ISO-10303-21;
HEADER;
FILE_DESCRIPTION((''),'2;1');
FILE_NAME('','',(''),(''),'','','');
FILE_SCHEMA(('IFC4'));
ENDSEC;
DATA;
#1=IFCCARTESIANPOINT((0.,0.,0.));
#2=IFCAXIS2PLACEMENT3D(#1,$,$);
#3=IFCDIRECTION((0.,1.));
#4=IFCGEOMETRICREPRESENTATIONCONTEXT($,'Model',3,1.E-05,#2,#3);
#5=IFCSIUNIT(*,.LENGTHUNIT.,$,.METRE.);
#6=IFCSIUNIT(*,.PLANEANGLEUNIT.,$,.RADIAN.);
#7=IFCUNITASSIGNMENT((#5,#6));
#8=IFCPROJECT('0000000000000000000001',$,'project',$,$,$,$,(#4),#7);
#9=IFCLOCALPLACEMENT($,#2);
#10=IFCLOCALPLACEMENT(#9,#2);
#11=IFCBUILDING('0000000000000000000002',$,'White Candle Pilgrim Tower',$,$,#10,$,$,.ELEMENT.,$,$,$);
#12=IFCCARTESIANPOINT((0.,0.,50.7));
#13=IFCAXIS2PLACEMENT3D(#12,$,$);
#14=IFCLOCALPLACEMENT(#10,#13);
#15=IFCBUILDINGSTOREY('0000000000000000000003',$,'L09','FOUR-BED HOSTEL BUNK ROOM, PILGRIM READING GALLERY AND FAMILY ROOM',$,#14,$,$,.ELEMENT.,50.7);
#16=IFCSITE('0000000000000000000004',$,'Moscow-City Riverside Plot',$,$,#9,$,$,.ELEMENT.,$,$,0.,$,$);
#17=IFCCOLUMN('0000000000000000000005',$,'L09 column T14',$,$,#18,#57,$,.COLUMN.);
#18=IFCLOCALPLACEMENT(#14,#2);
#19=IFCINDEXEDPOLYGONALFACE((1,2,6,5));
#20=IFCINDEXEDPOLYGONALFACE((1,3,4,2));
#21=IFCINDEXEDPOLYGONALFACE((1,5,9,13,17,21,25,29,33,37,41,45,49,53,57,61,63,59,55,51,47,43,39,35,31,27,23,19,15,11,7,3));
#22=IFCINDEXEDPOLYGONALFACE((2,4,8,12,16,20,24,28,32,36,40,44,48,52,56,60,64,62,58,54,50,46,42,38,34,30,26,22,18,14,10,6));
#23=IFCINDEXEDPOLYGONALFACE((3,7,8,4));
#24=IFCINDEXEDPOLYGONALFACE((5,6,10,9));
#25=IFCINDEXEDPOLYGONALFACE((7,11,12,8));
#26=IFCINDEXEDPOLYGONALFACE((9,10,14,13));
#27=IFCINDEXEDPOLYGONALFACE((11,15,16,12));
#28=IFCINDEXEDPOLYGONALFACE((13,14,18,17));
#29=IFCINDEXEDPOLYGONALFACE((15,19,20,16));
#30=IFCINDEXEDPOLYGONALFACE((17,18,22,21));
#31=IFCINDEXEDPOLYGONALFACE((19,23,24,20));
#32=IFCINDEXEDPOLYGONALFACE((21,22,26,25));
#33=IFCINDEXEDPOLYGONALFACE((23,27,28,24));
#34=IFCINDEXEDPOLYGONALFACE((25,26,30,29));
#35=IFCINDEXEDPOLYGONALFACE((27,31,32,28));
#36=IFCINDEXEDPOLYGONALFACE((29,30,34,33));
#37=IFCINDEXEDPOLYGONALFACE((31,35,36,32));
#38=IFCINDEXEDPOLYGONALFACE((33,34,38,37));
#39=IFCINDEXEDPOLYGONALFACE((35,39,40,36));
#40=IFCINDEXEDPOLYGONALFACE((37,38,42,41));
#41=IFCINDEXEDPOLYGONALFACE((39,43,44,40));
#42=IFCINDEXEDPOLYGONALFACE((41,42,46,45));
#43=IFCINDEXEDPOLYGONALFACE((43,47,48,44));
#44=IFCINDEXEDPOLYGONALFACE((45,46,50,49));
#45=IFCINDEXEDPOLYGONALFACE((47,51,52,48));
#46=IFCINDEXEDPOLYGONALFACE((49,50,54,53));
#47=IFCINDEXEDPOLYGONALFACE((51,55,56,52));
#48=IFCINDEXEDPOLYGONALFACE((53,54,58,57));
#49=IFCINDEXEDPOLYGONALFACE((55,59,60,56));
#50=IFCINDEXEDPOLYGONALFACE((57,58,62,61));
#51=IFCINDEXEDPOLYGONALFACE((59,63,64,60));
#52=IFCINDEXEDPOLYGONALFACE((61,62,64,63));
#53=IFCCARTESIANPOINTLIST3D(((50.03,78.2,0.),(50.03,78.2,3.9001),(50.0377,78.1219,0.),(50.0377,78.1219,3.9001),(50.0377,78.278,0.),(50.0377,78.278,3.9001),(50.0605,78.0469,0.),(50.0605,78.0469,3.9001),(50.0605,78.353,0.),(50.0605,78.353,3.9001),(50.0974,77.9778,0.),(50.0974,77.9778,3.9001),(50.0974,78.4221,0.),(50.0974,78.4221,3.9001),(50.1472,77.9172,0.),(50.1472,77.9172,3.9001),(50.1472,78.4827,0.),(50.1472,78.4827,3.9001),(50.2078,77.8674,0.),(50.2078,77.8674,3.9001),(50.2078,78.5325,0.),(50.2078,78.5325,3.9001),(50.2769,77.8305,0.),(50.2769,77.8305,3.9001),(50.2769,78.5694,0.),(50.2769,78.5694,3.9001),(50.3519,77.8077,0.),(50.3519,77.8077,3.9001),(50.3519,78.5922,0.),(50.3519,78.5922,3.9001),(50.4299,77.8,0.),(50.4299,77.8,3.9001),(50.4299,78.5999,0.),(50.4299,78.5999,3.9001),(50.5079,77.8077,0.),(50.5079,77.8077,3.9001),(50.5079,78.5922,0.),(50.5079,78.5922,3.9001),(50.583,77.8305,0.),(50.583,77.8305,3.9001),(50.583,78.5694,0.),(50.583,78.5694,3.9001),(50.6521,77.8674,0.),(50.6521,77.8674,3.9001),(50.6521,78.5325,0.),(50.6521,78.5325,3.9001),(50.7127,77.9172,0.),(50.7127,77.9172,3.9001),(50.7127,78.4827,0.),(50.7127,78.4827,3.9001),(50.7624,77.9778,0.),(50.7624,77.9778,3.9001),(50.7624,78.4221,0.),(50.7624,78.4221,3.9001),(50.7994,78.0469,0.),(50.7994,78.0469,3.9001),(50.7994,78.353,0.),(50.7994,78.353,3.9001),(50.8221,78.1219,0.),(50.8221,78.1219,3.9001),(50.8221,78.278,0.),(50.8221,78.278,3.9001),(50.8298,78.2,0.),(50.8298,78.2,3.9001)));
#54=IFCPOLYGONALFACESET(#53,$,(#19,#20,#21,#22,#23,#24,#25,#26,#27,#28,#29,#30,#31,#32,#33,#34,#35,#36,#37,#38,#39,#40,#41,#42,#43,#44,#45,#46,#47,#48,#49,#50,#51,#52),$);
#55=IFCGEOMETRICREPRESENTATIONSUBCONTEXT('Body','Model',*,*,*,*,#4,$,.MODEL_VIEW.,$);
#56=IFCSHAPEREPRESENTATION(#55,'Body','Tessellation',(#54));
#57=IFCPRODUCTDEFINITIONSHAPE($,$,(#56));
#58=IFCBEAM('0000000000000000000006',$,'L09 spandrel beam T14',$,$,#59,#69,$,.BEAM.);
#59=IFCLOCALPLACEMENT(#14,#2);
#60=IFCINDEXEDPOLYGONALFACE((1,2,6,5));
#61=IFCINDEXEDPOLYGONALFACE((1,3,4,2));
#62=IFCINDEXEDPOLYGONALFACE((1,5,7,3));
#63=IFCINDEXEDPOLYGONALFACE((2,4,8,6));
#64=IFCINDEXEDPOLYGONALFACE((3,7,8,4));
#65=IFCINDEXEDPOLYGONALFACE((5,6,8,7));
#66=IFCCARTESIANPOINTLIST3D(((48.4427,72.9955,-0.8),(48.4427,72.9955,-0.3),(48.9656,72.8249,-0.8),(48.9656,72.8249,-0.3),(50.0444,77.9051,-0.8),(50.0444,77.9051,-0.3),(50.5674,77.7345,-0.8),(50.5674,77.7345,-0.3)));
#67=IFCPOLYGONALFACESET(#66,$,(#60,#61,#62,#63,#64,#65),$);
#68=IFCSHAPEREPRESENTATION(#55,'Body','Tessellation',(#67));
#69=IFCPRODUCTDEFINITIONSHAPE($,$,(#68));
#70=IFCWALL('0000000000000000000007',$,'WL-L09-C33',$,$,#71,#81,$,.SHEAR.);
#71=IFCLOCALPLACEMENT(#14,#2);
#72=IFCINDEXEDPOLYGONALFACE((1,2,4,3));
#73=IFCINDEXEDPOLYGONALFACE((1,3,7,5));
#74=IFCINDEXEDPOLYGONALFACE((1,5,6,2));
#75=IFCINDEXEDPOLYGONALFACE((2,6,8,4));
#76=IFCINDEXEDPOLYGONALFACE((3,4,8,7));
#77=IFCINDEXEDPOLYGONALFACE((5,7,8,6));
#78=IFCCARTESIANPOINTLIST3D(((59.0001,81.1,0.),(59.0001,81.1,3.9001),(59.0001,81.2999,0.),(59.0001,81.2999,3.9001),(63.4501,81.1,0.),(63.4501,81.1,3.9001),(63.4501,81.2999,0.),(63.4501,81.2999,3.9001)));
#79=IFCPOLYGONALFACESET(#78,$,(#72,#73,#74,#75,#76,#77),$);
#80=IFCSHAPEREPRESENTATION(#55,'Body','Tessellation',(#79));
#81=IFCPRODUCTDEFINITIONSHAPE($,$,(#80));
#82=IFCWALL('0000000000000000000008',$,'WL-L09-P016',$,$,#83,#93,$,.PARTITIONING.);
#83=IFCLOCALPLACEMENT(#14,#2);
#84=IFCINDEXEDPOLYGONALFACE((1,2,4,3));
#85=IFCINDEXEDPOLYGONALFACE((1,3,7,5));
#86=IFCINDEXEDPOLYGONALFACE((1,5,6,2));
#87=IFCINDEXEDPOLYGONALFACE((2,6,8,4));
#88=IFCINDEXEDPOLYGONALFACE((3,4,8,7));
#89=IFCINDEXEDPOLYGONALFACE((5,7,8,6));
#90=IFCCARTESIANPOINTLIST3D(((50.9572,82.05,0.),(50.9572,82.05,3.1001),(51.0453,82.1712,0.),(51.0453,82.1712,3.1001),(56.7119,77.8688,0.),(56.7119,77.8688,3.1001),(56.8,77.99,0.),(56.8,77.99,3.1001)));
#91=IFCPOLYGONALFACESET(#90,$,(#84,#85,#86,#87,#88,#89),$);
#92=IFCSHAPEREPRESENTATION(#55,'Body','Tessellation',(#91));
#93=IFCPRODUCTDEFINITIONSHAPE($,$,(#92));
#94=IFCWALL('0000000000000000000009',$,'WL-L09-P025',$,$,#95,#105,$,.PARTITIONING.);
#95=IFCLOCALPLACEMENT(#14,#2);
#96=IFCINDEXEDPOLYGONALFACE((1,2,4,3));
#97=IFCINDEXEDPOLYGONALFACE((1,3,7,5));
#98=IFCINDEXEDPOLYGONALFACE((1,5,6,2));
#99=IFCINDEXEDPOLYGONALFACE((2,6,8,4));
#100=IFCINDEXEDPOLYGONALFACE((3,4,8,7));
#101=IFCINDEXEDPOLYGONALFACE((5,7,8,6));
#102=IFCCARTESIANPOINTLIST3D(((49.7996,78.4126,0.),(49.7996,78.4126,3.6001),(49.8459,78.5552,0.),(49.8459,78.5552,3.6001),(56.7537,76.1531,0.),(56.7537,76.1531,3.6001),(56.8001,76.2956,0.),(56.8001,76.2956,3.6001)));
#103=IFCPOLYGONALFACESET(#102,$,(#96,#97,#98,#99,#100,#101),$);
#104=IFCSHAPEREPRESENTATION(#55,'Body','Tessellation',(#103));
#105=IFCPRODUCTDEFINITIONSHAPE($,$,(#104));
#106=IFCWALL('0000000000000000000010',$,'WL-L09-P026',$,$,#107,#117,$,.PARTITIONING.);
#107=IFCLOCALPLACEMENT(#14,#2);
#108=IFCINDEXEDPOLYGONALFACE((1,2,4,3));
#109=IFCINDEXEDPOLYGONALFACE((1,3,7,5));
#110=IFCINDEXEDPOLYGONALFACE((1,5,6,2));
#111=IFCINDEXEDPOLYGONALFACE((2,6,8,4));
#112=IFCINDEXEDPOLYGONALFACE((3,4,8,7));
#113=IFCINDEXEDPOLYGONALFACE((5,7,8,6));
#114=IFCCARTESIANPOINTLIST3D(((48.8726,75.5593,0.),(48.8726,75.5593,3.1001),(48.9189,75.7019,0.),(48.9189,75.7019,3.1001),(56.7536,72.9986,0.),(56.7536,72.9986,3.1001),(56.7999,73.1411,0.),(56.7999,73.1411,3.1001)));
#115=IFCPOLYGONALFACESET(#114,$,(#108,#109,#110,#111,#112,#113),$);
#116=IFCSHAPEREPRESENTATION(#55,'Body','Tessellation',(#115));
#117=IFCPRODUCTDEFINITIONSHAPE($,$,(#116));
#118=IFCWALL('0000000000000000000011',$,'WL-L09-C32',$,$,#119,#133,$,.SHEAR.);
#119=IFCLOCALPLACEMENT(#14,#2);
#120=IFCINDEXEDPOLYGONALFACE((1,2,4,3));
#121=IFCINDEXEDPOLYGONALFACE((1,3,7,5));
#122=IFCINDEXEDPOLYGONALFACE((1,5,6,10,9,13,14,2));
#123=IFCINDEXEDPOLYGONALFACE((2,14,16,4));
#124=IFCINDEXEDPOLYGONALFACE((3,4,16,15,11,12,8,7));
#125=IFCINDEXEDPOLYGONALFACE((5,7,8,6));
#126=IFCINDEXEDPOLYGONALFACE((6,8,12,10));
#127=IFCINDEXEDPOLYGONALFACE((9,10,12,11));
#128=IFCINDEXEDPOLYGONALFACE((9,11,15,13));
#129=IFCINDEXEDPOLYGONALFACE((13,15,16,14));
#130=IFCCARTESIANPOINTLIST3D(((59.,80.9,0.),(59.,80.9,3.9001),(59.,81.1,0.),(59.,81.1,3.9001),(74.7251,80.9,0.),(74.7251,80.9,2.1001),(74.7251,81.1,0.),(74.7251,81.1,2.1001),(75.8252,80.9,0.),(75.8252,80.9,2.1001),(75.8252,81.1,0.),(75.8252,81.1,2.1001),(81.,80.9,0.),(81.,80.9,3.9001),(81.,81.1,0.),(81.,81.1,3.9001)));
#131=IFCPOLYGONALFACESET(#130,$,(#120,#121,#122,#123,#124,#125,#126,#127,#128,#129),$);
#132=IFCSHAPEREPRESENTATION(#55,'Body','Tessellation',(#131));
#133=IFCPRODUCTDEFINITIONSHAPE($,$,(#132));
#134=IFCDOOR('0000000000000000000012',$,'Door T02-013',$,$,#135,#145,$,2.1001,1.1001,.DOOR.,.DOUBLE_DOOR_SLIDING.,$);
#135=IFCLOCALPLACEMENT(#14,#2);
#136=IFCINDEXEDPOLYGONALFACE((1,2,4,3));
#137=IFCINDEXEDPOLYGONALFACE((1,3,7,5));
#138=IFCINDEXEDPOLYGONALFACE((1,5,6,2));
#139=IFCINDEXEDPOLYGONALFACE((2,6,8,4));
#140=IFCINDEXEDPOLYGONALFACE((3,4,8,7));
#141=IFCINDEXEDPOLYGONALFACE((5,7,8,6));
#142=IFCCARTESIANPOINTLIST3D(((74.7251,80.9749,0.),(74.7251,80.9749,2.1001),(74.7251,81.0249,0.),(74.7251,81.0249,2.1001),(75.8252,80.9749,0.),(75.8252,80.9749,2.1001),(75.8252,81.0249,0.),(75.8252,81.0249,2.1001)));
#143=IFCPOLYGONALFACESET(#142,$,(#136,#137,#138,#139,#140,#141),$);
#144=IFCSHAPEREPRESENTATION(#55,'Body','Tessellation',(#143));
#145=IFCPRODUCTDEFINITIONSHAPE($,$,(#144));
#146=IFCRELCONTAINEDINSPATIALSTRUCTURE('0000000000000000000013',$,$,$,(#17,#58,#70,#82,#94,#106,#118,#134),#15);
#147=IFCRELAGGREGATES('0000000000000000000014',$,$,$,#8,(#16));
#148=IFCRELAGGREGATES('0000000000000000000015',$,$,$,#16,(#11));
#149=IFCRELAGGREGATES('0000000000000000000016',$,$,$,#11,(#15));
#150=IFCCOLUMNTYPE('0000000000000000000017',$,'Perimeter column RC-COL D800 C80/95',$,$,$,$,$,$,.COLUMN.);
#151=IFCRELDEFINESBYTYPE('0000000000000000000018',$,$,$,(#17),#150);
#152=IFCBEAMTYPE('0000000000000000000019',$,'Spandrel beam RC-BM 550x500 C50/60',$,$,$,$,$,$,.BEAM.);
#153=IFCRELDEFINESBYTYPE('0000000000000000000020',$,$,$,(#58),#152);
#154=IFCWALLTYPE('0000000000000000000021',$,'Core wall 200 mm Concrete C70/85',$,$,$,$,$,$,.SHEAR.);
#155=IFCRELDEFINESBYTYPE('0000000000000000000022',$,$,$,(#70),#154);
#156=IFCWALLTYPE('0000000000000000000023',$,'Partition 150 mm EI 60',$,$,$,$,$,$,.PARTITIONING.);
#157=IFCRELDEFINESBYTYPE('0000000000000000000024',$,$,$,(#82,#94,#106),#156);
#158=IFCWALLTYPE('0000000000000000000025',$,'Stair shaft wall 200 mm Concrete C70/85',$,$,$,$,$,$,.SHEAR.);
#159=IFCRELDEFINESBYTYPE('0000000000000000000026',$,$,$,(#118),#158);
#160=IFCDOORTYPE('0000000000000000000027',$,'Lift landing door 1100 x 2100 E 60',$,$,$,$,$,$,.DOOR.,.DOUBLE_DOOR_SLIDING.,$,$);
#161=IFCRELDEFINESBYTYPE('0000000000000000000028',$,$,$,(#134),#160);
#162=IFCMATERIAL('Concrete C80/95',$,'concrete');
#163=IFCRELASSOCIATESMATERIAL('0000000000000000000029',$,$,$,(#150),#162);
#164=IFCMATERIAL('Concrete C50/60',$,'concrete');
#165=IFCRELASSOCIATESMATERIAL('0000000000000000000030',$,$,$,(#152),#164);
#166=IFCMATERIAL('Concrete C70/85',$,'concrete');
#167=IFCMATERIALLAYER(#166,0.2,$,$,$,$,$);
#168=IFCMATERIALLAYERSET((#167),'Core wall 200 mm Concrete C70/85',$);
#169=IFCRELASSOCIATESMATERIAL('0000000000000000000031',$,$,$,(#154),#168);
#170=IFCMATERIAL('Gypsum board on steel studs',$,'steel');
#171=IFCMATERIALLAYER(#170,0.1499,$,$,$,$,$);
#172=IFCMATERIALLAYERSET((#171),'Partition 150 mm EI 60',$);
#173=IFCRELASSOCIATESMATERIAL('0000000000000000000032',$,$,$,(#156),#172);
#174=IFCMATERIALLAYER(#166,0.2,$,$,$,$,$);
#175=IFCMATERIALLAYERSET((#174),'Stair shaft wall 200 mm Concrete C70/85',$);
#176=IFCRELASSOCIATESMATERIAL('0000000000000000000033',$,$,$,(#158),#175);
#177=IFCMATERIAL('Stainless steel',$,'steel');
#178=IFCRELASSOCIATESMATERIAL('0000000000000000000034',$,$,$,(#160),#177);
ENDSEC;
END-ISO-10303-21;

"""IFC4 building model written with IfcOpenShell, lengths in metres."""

from ifc_helpers import new_model, si_unit, direction, frame, frame_2d, origin, origin_2d, place, context, subcontext, project, spatial, rectangle, circle, extrude, material, layer, layer_set, material_profile, profile_set, type_object, element, fill, save


model = new_model("IFC4")

# Units and contexts
model_context = context("Model", 3, precision=1e-05, world=origin(), true_north=direction((0.0, 1.0)))
body_context = subcontext(model_context, "Body", "Model", "MODEL_VIEW")
ifc_project = project(units=[si_unit("LENGTHUNIT", "METRE"), si_unit("PLANEANGLEUNIT", "RADIAN")], contexts=[model_context])

# Site, building, storey
site_placement = place(None, origin())
site = spatial("IfcSite", under=ifc_project, at=site_placement, Name="Moscow-City Riverside Plot", CompositionType="ELEMENT", RefElevation=0.0)
building_placement = place(site_placement, origin())
building = spatial("IfcBuilding", under=site, at=building_placement, Name="White Candle Pilgrim Tower", CompositionType="ELEMENT")
storey_placement = place(building_placement, frame((0.0, 0.0, 50.7)))
storey = spatial("IfcBuildingStorey", under=building, at=storey_placement, Name="L09", Description="FOUR-BED HOSTEL BUNK ROOM, PILGRIM READING GALLERY AND FAMILY ROOM", CompositionType="ELEMENT", Elevation=50.7)

# Column
ifc_material_1 = material(Name="Concrete C80/95", Category="concrete")
ifc_material_profile_1 = material_profile(ifc_material_1, circle(Radius=0.3999, at=origin_2d()), Name="RC-COL D800")
ifc_profile_set_1 = profile_set([ifc_material_profile_1], Name="Concrete C80/95")
column_type = type_object("IfcColumnType", Name="Perimeter column RC-COL D800 C80/95", PredefinedType="COLUMN", material=ifc_profile_set_1)
column_placement = place(storey_placement, frame((50.4299, 78.2, 0.0), z_axis=(0.0, 0.0, 1.0), x_axis=(1.0, 0.0, 0.0)))
element("IfcColumn", 1, at=column_placement, inside=storey, type_object=column_type, Name="L09 column T14", PredefinedType="COLUMN", context=body_context, shape_type="SweptSolid", body=[
    extrude(circle(Radius=0.3999, at=origin_2d()), origin(), (0.0, 0.0, 1.0), 3.9001),
])

# Beam
ifc_material_2 = material(Name="Concrete C50/60", Category="concrete")
ifc_material_profile_2 = material_profile(ifc_material_2, rectangle(XDim=0.55, YDim=0.5, at=origin_2d()), Name="RC-BM 550x500")
ifc_profile_set_2 = profile_set([ifc_material_profile_2], Name="Concrete C50/60")
beam_type = type_object("IfcBeamType", Name="Spandrel beam RC-BM 550x500 C50/60", PredefinedType="BEAM", material=ifc_profile_set_2)
beam_placement = place(storey_placement, frame((50.3059, 77.8198, -0.55), z_axis=(-0.310166, -0.950683, 0.0), x_axis=(0.950683, -0.310166, 0.0)))
element("IfcBeam", 2, at=beam_placement, inside=storey, type_object=beam_type, Name="L09 spandrel beam T14", PredefinedType="BEAM", context=body_context, shape_type="SweptSolid", body=[
    extrude(rectangle(XDim=0.55, YDim=0.5, at=origin_2d()), origin(), (0.0, 0.0, 1.0), 5.1643),
])

# Walls
ifc_material_3 = material(Name="Concrete C70/85", Category="concrete")
ifc_layer_1 = layer(ifc_material_3, 0.2)
ifc_layer_set_1 = layer_set([ifc_layer_1], Name="Core wall 200 mm Concrete C70/85")
wall_type_1 = type_object("IfcWallType", Name="Core wall 200 mm Concrete C70/85", PredefinedType="SHEAR", material=ifc_layer_set_1)
wall_1_placement = place(storey_placement, frame((59.0, 81.2, 0.0), z_axis=(0.0, 0.0, 1.0), x_axis=(1.0, 0.0, 0.0)))
element("IfcWall", 3, at=wall_1_placement, inside=storey, type_object=wall_type_1, Name="WL-L09-C33", PredefinedType="SHEAR", context=body_context, shape_type="SweptSolid", body=[
    extrude(rectangle(XDim=4.45, YDim=0.2, at=frame_2d((2.2251, 0.0))), origin(), (0.0, 0.0, 1.0), 3.9001),
])
ifc_material_4 = material(Name="Gypsum board on steel studs", Category="steel")
ifc_layer_2 = layer(ifc_material_4, 0.1499)
ifc_layer_set_2 = layer_set([ifc_layer_2], Name="Partition 150 mm EI 60")
wall_type_2 = type_object("IfcWallType", Name="Partition 150 mm EI 60", PredefinedType="PARTITIONING", material=ifc_layer_set_2)
wall_2_placement = place(storey_placement, frame((51.0012, 82.1106, 0.0), z_axis=(0.0, 0.0, 1.0), x_axis=(0.809006, -0.5878, 0.0)))
element("IfcWall", 4, at=wall_2_placement, inside=storey, type_object=wall_type_2, Name="WL-L09-P016", PredefinedType="PARTITIONING", context=body_context, shape_type="SweptSolid", body=[
    extrude(rectangle(XDim=7.1133, YDim=0.1499, at=frame_2d((3.5566, 0.0))), origin(), (0.0, 0.0, 1.0), 3.1001),
])
wall_3_placement = place(storey_placement, frame((49.8228, 78.4839, 0.0), z_axis=(0.0, 0.0, 1.0), x_axis=(0.951057, -0.309017, 0.0)))
element("IfcWall", 5, at=wall_3_placement, inside=storey, type_object=wall_type_2, Name="WL-L09-P025", PredefinedType="PARTITIONING", context=body_context, shape_type="SweptSolid", body=[
    extrude(rectangle(XDim=7.312, YDim=0.1499, at=frame_2d((3.656, 0.0))), origin(), (0.0, 0.0, 1.0), 3.6001),
])
wall_4_placement = place(storey_placement, frame((48.8958, 75.6306, 0.0), z_axis=(0.0, 0.0, 1.0), x_axis=(0.951054, -0.309024, 0.0)))
element("IfcWall", 6, at=wall_4_placement, inside=storey, type_object=wall_type_2, Name="WL-L09-P026", PredefinedType="PARTITIONING", context=body_context, shape_type="SweptSolid", body=[
    extrude(rectangle(XDim=8.2866, YDim=0.1499, at=frame_2d((4.1433, 0.0))), origin(), (0.0, 0.0, 1.0), 3.1001),
])

# Wall, opening, door
ifc_layer_3 = layer(ifc_material_3, 0.2)
ifc_layer_set_3 = layer_set([ifc_layer_3], Name="Stair shaft wall 200 mm Concrete C70/85")
wall_type_3 = type_object("IfcWallType", Name="Stair shaft wall 200 mm Concrete C70/85", PredefinedType="SHEAR", material=ifc_layer_set_3)
wall_5_placement = place(storey_placement, frame((59.0, 81.0, 0.0), z_axis=(0.0, 0.0, 1.0), x_axis=(1.0, 0.0, 0.0)))
wall_5 = element("IfcWall", 7, at=wall_5_placement, inside=storey, type_object=wall_type_3, Name="WL-L09-C32", PredefinedType="SHEAR", context=body_context, shape_type="SweptSolid", body=[
    extrude(rectangle(XDim=22.0, YDim=0.2, at=frame_2d((11.0, 0.0))), origin(), (0.0, 0.0, 1.0), 3.9001),
])
opening_placement = place(wall_5_placement, frame((15.7251, 0.0, 0.0)))
opening = element("IfcOpeningElement", 8, at=opening_placement, cuts=wall_5, PredefinedType="OPENING", context=body_context, shape_type="SweptSolid", body=[
    extrude(rectangle(XDim=1.1001, YDim=2.1001, at=frame_2d((0.55, 1.05))), frame((0.0, 0.1099, 0.0), z_axis=(0.0, -1.0, 0.0), x_axis=(1.0, 0.0, 0.0)), (0.0, 0.0, 1.0), 0.22),
])
ifc_material_5 = material(Name="Stainless steel", Category="steel")
door_type = type_object("IfcDoorType", Name="Lift landing door 1100 x 2100 E 60", OperationType="DOUBLE_DOOR_SLIDING", PredefinedType="DOOR", material=ifc_material_5)
door_placement = place(opening_placement, origin())
door = element("IfcDoor", 9, at=door_placement, inside=storey, type_object=door_type, Name="Door T02-013", OperationType="DOUBLE_DOOR_SLIDING", OverallHeight=2.1001, OverallWidth=1.1001, PredefinedType="DOOR", context=body_context, shape_type="SweptSolid", body=[
    extrude(rectangle(XDim=1.1001, YDim=2.1001, at=frame_2d((0.55, 1.05))), frame((0.0, 0.0249, 0.0), z_axis=(0.0, -1.0, 0.0), x_axis=(1.0, 0.0, 0.0)), (0.0, 0.0, 1.0), 0.05),
])
fill(opening, door)

save(model, "model.ifc")
